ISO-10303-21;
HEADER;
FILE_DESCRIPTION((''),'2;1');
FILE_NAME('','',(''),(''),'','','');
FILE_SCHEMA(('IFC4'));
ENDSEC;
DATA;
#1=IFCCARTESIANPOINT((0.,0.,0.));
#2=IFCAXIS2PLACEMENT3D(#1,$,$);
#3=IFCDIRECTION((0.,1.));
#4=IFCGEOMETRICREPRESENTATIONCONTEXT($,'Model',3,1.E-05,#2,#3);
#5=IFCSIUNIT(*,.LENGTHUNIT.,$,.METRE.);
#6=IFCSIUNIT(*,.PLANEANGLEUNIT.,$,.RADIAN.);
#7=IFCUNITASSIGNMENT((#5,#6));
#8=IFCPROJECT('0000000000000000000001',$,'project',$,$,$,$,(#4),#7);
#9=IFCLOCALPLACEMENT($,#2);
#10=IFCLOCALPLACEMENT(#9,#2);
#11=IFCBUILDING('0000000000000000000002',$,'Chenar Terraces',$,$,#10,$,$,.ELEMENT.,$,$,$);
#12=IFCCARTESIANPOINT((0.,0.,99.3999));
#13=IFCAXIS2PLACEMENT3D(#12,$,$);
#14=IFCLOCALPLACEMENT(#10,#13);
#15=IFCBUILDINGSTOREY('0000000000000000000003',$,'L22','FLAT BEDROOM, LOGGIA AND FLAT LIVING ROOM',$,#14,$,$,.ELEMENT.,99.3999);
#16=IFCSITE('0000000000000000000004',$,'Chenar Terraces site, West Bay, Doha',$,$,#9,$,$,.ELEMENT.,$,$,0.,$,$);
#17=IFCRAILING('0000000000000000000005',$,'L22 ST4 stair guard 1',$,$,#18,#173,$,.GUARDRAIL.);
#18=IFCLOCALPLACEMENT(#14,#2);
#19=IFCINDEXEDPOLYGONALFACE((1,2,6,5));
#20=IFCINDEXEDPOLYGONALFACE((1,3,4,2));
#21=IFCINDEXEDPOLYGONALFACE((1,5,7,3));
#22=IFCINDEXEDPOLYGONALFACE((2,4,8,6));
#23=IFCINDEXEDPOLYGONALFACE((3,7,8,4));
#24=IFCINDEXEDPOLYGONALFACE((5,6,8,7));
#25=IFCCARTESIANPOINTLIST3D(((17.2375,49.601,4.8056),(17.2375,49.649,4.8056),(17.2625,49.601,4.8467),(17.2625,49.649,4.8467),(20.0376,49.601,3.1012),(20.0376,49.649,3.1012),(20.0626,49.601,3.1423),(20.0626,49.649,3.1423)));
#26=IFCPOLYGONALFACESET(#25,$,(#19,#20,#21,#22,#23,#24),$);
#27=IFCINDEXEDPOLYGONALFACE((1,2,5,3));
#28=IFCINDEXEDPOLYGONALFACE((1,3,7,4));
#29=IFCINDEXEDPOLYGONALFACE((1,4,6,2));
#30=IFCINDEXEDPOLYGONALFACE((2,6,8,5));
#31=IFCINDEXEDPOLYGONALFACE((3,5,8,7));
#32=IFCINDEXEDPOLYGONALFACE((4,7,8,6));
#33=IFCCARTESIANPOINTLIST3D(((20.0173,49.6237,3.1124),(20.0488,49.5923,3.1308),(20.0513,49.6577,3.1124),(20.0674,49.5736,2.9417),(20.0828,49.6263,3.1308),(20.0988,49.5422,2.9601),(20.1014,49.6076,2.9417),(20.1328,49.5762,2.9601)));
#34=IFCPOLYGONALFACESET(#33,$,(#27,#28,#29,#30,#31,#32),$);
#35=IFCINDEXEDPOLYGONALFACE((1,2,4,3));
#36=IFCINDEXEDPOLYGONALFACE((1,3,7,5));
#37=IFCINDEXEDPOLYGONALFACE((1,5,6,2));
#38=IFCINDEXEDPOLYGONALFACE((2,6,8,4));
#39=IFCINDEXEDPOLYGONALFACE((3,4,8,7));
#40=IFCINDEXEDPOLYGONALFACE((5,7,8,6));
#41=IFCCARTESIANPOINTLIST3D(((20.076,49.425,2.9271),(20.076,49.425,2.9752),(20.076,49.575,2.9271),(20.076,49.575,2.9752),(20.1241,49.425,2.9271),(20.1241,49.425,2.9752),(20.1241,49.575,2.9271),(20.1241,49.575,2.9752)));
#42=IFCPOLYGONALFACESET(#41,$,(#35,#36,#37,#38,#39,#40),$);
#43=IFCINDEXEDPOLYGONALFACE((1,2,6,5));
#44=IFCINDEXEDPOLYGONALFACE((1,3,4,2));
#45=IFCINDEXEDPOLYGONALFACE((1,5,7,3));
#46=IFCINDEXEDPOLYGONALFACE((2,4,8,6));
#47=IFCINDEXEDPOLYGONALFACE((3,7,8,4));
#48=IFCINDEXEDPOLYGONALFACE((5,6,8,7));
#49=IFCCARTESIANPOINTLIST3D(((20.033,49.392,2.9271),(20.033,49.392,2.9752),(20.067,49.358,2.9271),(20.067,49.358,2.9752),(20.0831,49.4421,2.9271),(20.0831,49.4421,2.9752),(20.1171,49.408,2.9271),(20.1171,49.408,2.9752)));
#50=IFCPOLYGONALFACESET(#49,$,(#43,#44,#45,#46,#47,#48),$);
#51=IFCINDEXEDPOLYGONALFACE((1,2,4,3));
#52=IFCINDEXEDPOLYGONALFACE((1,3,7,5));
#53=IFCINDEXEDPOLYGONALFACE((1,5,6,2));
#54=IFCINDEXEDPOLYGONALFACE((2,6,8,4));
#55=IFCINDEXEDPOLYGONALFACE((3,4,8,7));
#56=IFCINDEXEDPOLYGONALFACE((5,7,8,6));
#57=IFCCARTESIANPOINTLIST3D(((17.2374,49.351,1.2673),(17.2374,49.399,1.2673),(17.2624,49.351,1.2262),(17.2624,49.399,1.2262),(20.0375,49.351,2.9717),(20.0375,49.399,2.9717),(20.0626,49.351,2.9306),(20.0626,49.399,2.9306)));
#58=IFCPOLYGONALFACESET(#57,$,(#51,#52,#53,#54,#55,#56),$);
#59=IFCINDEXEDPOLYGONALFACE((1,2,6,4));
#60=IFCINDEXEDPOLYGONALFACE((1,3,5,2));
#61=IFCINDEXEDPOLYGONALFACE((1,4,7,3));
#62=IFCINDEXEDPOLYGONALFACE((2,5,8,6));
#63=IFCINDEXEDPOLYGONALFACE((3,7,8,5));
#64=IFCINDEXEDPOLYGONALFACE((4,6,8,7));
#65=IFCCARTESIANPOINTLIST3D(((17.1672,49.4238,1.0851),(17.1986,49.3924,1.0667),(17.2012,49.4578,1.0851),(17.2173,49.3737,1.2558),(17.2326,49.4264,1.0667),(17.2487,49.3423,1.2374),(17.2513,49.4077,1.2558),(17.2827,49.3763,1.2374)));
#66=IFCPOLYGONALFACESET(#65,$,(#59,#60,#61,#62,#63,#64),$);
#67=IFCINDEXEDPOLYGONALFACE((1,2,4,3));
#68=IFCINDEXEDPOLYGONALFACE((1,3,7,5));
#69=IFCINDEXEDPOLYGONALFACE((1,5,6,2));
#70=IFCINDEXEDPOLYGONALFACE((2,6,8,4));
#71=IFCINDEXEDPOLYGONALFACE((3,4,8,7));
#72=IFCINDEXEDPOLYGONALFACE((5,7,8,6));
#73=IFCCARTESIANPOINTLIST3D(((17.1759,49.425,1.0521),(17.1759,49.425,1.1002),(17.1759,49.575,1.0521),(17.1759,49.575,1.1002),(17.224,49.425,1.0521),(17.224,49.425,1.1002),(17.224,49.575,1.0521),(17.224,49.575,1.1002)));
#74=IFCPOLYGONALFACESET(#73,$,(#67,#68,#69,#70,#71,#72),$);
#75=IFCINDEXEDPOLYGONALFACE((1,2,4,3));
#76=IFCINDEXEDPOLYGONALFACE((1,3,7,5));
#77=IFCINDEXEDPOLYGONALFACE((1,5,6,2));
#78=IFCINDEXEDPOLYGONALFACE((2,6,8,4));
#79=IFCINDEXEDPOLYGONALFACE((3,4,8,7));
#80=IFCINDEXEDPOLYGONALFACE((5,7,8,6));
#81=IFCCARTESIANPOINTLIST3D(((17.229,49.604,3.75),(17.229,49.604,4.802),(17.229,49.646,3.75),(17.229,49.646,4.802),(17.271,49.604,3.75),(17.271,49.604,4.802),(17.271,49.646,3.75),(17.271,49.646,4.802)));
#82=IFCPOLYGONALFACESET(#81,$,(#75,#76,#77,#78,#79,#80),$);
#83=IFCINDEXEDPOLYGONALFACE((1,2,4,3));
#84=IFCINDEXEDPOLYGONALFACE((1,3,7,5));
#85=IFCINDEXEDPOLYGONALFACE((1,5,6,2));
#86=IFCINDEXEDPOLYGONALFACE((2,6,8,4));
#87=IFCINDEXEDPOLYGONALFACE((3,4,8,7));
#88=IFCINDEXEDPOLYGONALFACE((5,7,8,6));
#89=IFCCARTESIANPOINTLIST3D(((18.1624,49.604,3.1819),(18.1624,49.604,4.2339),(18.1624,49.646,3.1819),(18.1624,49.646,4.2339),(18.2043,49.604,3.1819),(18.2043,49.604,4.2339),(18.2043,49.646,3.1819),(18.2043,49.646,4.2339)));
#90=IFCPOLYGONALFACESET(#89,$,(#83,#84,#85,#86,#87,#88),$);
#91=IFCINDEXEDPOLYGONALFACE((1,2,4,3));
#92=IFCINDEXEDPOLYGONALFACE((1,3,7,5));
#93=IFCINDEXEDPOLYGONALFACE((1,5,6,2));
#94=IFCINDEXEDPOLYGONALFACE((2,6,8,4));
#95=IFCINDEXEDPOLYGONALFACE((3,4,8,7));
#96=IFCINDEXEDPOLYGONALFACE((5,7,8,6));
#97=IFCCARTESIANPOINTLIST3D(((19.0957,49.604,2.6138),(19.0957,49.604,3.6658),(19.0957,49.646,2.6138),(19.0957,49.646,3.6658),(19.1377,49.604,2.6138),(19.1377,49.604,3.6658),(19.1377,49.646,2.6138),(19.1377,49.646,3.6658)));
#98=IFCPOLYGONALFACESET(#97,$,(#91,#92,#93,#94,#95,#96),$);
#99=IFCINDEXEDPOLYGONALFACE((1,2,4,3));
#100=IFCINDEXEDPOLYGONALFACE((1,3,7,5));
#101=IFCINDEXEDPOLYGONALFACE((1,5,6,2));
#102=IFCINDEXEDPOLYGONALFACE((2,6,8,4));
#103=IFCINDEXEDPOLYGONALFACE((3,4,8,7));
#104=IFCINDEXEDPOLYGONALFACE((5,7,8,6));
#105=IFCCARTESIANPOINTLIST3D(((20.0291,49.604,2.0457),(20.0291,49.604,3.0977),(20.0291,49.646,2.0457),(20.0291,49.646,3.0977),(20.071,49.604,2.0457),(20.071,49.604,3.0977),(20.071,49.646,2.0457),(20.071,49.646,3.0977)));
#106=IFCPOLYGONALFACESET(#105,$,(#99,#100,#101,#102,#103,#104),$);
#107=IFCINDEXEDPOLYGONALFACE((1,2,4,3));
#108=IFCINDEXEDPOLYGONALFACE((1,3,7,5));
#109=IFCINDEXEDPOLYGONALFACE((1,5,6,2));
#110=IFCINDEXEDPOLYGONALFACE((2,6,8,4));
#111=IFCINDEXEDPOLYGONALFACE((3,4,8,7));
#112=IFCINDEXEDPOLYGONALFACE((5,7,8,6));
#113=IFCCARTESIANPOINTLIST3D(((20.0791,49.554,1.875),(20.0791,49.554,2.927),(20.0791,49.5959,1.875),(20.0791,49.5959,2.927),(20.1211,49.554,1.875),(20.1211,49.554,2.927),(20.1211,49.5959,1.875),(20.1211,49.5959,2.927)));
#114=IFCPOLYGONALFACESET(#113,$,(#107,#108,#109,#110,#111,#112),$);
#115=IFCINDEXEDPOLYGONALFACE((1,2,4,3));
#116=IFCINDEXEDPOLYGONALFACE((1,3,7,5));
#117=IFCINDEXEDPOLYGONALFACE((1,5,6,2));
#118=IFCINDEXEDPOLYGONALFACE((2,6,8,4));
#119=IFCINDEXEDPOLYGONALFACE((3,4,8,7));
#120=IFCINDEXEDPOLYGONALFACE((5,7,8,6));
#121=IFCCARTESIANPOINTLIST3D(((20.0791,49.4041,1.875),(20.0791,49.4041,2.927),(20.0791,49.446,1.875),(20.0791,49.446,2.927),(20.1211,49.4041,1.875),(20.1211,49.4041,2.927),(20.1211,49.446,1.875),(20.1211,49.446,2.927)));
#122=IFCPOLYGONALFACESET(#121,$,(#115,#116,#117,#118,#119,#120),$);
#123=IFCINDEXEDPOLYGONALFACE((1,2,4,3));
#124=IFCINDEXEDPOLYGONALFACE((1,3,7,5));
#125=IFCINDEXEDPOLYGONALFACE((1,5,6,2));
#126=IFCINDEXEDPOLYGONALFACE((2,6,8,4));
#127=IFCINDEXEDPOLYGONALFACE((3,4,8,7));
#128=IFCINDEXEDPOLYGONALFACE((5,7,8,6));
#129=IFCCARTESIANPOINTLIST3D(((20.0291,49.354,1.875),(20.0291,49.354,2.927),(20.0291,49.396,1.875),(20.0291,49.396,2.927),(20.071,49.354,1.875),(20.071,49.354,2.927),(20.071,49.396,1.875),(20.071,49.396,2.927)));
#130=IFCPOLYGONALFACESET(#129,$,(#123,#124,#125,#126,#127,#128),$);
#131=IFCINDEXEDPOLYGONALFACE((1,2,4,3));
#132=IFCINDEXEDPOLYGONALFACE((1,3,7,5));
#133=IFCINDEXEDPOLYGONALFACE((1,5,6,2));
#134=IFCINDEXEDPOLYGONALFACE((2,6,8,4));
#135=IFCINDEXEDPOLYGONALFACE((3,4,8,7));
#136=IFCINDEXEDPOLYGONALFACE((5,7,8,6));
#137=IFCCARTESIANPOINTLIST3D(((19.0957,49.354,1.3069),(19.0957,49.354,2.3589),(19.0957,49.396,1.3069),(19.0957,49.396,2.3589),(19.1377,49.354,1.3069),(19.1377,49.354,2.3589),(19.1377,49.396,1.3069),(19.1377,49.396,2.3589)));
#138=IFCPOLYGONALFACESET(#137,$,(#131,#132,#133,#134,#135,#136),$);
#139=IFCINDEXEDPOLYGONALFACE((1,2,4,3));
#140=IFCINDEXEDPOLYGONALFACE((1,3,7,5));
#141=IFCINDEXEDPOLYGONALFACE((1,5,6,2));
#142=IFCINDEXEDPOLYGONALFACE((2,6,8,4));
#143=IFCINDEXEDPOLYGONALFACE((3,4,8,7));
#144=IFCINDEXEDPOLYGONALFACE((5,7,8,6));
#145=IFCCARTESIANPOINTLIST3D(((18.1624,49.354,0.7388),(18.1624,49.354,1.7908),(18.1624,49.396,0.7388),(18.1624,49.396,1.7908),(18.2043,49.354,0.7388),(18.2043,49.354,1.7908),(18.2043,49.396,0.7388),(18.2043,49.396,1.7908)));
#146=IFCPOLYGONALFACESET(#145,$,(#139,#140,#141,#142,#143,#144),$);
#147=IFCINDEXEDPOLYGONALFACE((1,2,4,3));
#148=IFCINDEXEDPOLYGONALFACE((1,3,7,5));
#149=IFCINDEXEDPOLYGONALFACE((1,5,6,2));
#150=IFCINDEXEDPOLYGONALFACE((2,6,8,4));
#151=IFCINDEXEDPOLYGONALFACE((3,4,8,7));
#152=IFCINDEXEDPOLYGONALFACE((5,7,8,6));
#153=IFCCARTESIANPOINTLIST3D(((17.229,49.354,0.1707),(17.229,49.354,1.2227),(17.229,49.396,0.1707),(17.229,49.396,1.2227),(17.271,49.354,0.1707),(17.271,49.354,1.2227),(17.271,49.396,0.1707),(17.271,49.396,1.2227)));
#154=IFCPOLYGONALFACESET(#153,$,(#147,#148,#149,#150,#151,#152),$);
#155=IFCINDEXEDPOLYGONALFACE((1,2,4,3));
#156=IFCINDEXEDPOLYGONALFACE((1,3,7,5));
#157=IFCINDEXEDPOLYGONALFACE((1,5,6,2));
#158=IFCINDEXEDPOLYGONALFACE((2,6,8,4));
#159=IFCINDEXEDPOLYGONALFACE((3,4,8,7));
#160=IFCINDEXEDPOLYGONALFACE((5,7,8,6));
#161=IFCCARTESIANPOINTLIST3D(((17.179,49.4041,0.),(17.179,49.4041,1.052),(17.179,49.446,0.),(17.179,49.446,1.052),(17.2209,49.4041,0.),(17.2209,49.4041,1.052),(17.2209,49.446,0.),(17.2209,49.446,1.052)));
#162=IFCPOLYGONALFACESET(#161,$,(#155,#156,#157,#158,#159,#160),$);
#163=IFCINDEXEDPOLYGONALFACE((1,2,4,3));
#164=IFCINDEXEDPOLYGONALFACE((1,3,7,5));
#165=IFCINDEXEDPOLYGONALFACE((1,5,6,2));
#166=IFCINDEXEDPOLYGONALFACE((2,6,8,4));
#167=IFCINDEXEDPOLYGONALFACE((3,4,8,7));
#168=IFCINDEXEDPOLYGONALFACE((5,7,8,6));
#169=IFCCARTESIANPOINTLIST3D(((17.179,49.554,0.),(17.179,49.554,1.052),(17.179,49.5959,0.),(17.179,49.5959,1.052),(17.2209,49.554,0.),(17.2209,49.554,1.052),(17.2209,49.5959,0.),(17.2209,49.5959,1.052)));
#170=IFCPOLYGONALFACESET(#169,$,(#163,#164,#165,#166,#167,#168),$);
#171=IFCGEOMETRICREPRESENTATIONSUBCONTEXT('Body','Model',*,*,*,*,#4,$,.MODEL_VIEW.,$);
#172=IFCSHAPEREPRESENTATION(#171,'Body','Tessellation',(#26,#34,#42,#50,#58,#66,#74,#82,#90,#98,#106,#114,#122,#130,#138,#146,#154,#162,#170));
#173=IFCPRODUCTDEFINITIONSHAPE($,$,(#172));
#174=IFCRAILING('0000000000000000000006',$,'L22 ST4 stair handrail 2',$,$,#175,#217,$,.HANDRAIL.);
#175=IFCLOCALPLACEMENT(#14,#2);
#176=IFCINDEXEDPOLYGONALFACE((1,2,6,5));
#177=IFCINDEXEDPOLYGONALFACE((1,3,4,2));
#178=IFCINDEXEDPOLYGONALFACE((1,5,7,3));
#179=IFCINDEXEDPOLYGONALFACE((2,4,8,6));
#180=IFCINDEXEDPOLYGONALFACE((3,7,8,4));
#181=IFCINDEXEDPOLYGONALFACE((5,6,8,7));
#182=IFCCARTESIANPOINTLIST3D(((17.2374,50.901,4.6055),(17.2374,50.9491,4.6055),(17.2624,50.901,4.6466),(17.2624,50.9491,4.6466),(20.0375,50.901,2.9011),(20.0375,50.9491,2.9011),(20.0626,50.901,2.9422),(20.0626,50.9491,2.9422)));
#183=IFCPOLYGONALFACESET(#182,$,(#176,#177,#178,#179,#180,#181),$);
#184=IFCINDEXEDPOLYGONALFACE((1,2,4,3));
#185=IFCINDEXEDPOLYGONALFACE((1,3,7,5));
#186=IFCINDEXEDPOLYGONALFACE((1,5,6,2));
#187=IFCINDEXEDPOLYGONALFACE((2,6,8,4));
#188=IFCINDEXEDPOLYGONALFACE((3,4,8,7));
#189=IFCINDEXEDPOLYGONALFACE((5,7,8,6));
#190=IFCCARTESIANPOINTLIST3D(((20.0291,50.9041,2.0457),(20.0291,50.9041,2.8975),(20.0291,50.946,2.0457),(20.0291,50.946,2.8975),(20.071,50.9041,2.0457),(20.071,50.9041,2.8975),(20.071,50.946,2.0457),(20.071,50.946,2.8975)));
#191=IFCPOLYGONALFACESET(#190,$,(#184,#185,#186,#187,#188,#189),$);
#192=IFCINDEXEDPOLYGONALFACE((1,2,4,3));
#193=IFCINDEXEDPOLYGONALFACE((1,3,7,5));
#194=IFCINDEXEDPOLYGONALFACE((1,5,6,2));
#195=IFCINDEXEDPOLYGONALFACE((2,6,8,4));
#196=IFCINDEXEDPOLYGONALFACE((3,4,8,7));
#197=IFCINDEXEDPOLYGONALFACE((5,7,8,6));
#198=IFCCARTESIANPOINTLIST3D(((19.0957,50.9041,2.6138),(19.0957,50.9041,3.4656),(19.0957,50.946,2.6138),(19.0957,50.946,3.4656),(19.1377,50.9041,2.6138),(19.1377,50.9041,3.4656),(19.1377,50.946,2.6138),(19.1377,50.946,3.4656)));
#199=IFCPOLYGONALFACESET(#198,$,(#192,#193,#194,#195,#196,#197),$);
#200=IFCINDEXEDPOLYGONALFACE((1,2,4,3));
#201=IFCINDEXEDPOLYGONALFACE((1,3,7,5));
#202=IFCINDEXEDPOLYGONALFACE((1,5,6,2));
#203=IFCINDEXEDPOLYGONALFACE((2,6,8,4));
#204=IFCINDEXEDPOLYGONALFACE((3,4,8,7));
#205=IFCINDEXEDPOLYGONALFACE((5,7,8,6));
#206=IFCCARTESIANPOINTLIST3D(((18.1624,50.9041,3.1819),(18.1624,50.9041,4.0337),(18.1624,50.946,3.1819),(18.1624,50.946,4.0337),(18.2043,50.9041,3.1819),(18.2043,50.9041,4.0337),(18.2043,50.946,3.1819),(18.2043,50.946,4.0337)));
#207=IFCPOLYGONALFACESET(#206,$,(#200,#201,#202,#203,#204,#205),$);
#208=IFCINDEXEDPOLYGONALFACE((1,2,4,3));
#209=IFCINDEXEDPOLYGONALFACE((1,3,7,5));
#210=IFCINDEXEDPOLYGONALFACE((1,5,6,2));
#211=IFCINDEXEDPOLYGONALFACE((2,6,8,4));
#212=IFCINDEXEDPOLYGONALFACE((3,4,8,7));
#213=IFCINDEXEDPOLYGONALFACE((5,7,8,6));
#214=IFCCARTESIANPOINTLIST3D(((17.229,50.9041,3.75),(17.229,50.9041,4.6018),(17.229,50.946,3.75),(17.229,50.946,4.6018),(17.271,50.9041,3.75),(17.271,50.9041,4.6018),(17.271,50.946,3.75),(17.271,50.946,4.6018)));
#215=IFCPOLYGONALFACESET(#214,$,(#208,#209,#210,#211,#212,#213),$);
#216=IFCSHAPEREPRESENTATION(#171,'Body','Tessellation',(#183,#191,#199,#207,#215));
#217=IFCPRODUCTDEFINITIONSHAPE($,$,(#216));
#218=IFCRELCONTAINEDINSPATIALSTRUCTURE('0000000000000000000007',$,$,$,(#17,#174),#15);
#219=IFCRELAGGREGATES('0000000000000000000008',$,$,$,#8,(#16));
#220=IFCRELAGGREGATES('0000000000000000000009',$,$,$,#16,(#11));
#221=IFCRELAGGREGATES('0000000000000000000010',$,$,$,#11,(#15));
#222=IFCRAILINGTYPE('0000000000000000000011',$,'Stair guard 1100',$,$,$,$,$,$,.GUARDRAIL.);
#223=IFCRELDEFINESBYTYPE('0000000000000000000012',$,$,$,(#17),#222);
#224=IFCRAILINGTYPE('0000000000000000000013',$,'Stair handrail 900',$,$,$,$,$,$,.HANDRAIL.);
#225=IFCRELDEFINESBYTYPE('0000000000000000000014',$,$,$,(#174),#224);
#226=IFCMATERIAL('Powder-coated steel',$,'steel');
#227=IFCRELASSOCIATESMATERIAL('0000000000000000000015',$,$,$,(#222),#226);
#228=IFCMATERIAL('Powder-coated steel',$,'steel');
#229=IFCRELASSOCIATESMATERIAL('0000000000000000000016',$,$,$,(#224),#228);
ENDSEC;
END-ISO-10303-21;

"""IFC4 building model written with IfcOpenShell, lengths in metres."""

from ifc_helpers import new_model, si_unit, direction, frame, origin, origin_2d, place, context, subcontext, project, spatial, rectangle, extrude, material, type_object, element, save


model = new_model("IFC4")

# Units and contexts
model_context = context("Model", 3, precision=1e-05, world=origin(), true_north=direction((0.0, 1.0)))
body_context = subcontext(model_context, "Body", "Model", "MODEL_VIEW")
ifc_project = project(units=[si_unit("LENGTHUNIT", "METRE"), si_unit("PLANEANGLEUNIT", "RADIAN")], contexts=[model_context])

# Site, building, storey
site_placement = place(None, origin())
site = spatial("IfcSite", under=ifc_project, at=site_placement, Name="Chenar Terraces site, West Bay, Doha", CompositionType="ELEMENT", RefElevation=0.0)
building_placement = place(site_placement, origin())
building = spatial("IfcBuilding", under=site, at=building_placement, Name="Chenar Terraces", CompositionType="ELEMENT")
storey_placement = place(building_placement, frame((0.0, 0.0, 99.3999)))
storey = spatial("IfcBuildingStorey", under=building, at=storey_placement, Name="L22", Description="FLAT BEDROOM, LOGGIA AND FLAT LIVING ROOM", CompositionType="ELEMENT", Elevation=99.3999)

# Railings
ifc_material_1 = material(Name="Powder-coated steel", Category="steel")
railing_type_1 = type_object("IfcRailingType", Name="Stair guard 1100", PredefinedType="GUARDRAIL", material=ifc_material_1)
railing_1_placement = place(storey_placement, frame((17.25, 49.625, 3.75)))
element("IfcRailing", 1, at=railing_1_placement, inside=storey, type_object=railing_type_1, Name="L22 ST4 stair guard 1", PredefinedType="GUARDRAIL", context=body_context, shape_type="SweptSolid", body=[
    extrude(rectangle(XDim=0.0481, YDim=0.0481, at=origin_2d()), frame((0.0, 0.0, 1.0762), z_axis=(0.854203, 0.0, -0.51994), x_axis=(0.0, 1.0, 0.0)), (0.0, 0.0, 1.0), 3.2781),
    extrude(rectangle(XDim=0.0481, YDim=0.0481, at=origin_2d()), frame((2.8, 0.0, -0.6284), z_axis=(0.2709, -0.2709, -0.923703), x_axis=(0.707107, 0.707107, 0.0)), (0.0, 0.0, 1.0), 0.1848),
    extrude(rectangle(XDim=0.0481, YDim=0.0481, at=origin_2d()), frame((2.8501, -0.05, -0.7988), z_axis=(0.0, -1.0, 0.0), x_axis=(1.0, 0.0, 0.0)), (0.0, 0.0, 1.0), 0.1499),
    extrude(rectangle(XDim=0.0481, YDim=0.0481, at=origin_2d()), frame((2.8501, -0.2, -0.7988), z_axis=(-0.707107, -0.707107, 0.0), x_axis=(0.707107, -0.707107, 0.0)), (0.0, 0.0, 1.0), 0.0708),
    extrude(rectangle(XDim=0.0481, YDim=0.0481, at=origin_2d()), frame((2.8, -0.25, -0.7988), z_axis=(-0.854203, 0.0, -0.51994), x_axis=(0.0, -1.0, 0.0)), (0.0, 0.0, 1.0), 3.2781),
    extrude(rectangle(XDim=0.0481, YDim=0.0481, at=origin_2d()), frame((0.0, -0.25, -2.5034), z_axis=(-0.2709, 0.2709, -0.923703), x_axis=(-0.707107, -0.707107, 0.0)), (0.0, 0.0, 1.0), 0.1848),
    extrude(rectangle(XDim=0.0481, YDim=0.0481, at=origin_2d()), frame((-0.05, -0.2, -2.6738), z_axis=(0.0, 1.0, 0.0), x_axis=(-1.0, 0.0, 0.0)), (0.0, 0.0, 1.0), 0.1499),
    extrude(rectangle(XDim=0.042, YDim=0.042, at=origin_2d()), origin(), (0.0, 0.0, 1.0), 1.052),
    extrude(rectangle(XDim=0.042, YDim=0.042, at=origin_2d()), frame((0.9333, 0.0, -0.5681)), (0.0, 0.0, 1.0), 1.052),
    extrude(rectangle(XDim=0.042, YDim=0.042, at=origin_2d()), frame((1.8667, 0.0, -1.1362)), (0.0, 0.0, 1.0), 1.052),
    extrude(rectangle(XDim=0.042, YDim=0.042, at=origin_2d()), frame((2.8, 0.0, -1.7043)), (0.0, 0.0, 1.0), 1.052),
    extrude(rectangle(XDim=0.042, YDim=0.042, at=origin_2d()), frame((2.8501, -0.05, -1.875)), (0.0, 0.0, 1.0), 1.052),
    extrude(rectangle(XDim=0.042, YDim=0.042, at=origin_2d()), frame((2.8501, -0.2, -1.875)), (0.0, 0.0, 1.0), 1.052),
    extrude(rectangle(XDim=0.042, YDim=0.042, at=origin_2d()), frame((2.8, -0.25, -1.875)), (0.0, 0.0, 1.0), 1.052),
    extrude(rectangle(XDim=0.042, YDim=0.042, at=origin_2d()), frame((1.8667, -0.25, -2.4431)), (0.0, 0.0, 1.0), 1.052),
    extrude(rectangle(XDim=0.042, YDim=0.042, at=origin_2d()), frame((0.9333, -0.25, -3.0112)), (0.0, 0.0, 1.0), 1.052),
    extrude(rectangle(XDim=0.042, YDim=0.042, at=origin_2d()), frame((0.0, -0.25, -3.5793)), (0.0, 0.0, 1.0), 1.052),
    extrude(rectangle(XDim=0.042, YDim=0.042, at=origin_2d()), frame((-0.05, -0.2, -3.75)), (0.0, 0.0, 1.0), 1.052),
    extrude(rectangle(XDim=0.042, YDim=0.042, at=origin_2d()), frame((-0.05, -0.05, -3.75)), (0.0, 0.0, 1.0), 1.052),
])
ifc_material_2 = material(Name="Powder-coated steel", Category="steel")
railing_type_2 = type_object("IfcRailingType", Name="Stair handrail 900", PredefinedType="HANDRAIL", material=ifc_material_2)
railing_2_placement = place(storey_placement, frame((20.05, 50.925, 2.0457)))
element("IfcRailing", 2, at=railing_2_placement, inside=storey, type_object=railing_type_2, Name="L22 ST4 stair handrail 2", PredefinedType="HANDRAIL", context=body_context, shape_type="SweptSolid", body=[
    extrude(rectangle(XDim=0.0481, YDim=0.0481, at=origin_2d()), frame((0.0, 0.0, 0.876), z_axis=(-0.854203, 0.0, 0.51994), x_axis=(0.0, -1.0, 0.0)), (0.0, 0.0, 1.0), 3.2781),
    extrude(rectangle(XDim=0.042, YDim=0.042, at=origin_2d()), origin(), (0.0, 0.0, 1.0), 0.8518),
    extrude(rectangle(XDim=0.042, YDim=0.042, at=origin_2d()), frame((-0.9333, 0.0, 0.5681)), (0.0, 0.0, 1.0), 0.8518),
    extrude(rectangle(XDim=0.042, YDim=0.042, at=origin_2d()), frame((-1.8667, 0.0, 1.1362)), (0.0, 0.0, 1.0), 0.8518),
    extrude(rectangle(XDim=0.042, YDim=0.042, at=origin_2d()), frame((-2.8, 0.0, 1.7043)), (0.0, 0.0, 1.0), 0.8518),
])

save(model, "model.ifc")
